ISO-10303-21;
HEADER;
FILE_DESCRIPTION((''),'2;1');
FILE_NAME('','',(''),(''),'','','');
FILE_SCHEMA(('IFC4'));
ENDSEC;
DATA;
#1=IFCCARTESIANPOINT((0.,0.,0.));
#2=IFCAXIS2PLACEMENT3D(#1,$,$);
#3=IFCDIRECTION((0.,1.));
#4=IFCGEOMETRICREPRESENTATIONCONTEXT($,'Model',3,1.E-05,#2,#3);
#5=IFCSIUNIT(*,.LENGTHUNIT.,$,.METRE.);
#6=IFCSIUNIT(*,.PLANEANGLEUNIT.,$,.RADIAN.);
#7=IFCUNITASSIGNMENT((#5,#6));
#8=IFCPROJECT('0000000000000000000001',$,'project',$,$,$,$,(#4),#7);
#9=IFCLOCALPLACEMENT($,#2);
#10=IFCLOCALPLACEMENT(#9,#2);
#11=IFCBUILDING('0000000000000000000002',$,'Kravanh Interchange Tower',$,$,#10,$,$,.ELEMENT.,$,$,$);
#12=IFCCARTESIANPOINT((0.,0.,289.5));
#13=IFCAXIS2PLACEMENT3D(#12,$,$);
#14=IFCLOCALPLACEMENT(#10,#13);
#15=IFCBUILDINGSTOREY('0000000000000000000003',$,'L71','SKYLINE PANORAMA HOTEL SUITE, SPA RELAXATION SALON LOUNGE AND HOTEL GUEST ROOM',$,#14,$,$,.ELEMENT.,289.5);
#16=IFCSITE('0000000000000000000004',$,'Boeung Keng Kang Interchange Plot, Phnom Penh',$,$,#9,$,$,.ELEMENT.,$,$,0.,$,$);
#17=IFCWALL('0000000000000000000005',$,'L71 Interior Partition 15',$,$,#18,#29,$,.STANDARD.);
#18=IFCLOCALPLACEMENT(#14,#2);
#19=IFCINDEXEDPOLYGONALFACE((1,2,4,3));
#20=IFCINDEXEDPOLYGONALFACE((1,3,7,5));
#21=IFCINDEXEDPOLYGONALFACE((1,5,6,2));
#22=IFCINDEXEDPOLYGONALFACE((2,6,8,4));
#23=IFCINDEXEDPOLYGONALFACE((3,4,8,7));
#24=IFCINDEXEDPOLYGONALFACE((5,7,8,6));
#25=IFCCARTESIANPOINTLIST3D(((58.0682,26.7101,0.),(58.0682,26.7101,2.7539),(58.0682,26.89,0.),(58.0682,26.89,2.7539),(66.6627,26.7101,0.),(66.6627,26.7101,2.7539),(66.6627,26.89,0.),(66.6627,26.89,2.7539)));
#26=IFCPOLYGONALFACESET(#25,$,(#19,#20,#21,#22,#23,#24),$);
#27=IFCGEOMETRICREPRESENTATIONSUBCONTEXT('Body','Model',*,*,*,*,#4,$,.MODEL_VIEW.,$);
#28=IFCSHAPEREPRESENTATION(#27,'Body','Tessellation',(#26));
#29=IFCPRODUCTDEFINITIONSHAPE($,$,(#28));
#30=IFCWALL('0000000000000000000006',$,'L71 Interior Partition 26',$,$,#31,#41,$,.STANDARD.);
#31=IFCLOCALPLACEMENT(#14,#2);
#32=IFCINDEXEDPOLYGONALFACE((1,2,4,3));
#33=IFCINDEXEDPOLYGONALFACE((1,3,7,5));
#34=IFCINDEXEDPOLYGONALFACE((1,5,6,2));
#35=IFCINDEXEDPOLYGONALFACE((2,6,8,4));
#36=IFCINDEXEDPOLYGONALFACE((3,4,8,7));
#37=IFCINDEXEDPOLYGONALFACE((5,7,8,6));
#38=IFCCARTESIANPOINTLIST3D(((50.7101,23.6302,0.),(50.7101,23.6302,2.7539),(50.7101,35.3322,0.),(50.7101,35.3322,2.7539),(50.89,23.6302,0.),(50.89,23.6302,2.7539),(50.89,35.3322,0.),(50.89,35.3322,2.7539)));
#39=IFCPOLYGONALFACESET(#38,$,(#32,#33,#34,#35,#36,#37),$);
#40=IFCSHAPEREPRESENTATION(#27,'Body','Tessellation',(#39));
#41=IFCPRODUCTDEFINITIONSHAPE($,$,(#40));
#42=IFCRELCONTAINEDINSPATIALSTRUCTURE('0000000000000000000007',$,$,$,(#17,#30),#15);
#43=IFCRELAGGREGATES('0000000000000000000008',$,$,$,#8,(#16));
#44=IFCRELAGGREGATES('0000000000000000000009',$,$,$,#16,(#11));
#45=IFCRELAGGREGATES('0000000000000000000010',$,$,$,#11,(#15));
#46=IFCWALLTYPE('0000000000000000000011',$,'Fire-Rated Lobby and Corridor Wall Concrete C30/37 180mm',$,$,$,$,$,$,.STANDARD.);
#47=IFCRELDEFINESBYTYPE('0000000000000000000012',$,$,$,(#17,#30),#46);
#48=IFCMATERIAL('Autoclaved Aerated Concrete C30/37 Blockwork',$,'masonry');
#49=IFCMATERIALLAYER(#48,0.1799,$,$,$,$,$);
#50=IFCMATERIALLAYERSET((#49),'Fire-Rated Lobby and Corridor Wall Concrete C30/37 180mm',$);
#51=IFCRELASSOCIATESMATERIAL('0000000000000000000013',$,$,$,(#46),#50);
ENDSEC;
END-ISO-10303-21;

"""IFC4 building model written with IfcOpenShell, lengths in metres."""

from ifc_helpers import new_model, si_unit, direction, frame, frame_2d, origin, place, context, subcontext, project, spatial, rectangle, extrude, material, layer, layer_set, type_object, element, save


model = new_model("IFC4")

# Units and contexts
model_context = context("Model", 3, precision=1e-05, world=origin(), true_north=direction((0.0, 1.0)))
body_context = subcontext(model_context, "Body", "Model", "MODEL_VIEW")
ifc_project = project(units=[si_unit("LENGTHUNIT", "METRE"), si_unit("PLANEANGLEUNIT", "RADIAN")], contexts=[model_context])

# Site, building, storey
site_placement = place(None, origin())
site = spatial("IfcSite", under=ifc_project, at=site_placement, Name="Boeung Keng Kang Interchange Plot, Phnom Penh", CompositionType="ELEMENT", RefElevation=0.0)
building_placement = place(site_placement, origin())
building = spatial("IfcBuilding", under=site, at=building_placement, Name="Kravanh Interchange Tower", CompositionType="ELEMENT")
storey_placement = place(building_placement, frame((0.0, 0.0, 289.5)))
storey = spatial("IfcBuildingStorey", under=building, at=storey_placement, Name="L71", Description="SKYLINE PANORAMA HOTEL SUITE, SPA RELAXATION SALON LOUNGE AND HOTEL GUEST ROOM", CompositionType="ELEMENT", Elevation=289.5)

# Shared definitions
ifc_material_1 = material(Name="Autoclaved Aerated Concrete C30/37 Blockwork", Category="masonry")
ifc_layer_1 = layer(ifc_material_1, 0.1799)
ifc_layer_set_1 = layer_set([ifc_layer_1], Name="Fire-Rated Lobby and Corridor Wall Concrete C30/37 180mm")
wall_type_1 = type_object("IfcWallType", Name="Fire-Rated Lobby and Corridor Wall Concrete C30/37 180mm", PredefinedType="STANDARD", material=ifc_layer_set_1)

# Walls
wall_1_placement = place(storey_placement, frame((58.0681, 26.8, 0.0), z_axis=(0.0, 0.0, 1.0), x_axis=(1.0, 0.0, 0.0)))
element("IfcWall", 1, at=wall_1_placement, inside=storey, type_object=wall_type_1, Name="L71 Interior Partition 15", PredefinedType="STANDARD", context=body_context, shape_type="SweptSolid", body=[
    extrude(rectangle(XDim=8.5945, YDim=0.1799, at=frame_2d((4.2974, 0.0))), origin(), (0.0, 0.0, 1.0), 2.7539),
])
wall_2_placement = place(storey_placement, frame((50.8, 23.6301, 0.0), z_axis=(0.0, 0.0, 1.0), x_axis=(0.0, 1.0, 0.0)))
element("IfcWall", 2, at=wall_2_placement, inside=storey, type_object=wall_type_1, Name="L71 Interior Partition 26", PredefinedType="STANDARD", context=body_context, shape_type="SweptSolid", body=[
    extrude(rectangle(XDim=11.7019, YDim=0.1799, at=frame_2d((5.8511, 0.0))), origin(), (0.0, 0.0, 1.0), 2.7539),
])

save(model, "model.ifc")
